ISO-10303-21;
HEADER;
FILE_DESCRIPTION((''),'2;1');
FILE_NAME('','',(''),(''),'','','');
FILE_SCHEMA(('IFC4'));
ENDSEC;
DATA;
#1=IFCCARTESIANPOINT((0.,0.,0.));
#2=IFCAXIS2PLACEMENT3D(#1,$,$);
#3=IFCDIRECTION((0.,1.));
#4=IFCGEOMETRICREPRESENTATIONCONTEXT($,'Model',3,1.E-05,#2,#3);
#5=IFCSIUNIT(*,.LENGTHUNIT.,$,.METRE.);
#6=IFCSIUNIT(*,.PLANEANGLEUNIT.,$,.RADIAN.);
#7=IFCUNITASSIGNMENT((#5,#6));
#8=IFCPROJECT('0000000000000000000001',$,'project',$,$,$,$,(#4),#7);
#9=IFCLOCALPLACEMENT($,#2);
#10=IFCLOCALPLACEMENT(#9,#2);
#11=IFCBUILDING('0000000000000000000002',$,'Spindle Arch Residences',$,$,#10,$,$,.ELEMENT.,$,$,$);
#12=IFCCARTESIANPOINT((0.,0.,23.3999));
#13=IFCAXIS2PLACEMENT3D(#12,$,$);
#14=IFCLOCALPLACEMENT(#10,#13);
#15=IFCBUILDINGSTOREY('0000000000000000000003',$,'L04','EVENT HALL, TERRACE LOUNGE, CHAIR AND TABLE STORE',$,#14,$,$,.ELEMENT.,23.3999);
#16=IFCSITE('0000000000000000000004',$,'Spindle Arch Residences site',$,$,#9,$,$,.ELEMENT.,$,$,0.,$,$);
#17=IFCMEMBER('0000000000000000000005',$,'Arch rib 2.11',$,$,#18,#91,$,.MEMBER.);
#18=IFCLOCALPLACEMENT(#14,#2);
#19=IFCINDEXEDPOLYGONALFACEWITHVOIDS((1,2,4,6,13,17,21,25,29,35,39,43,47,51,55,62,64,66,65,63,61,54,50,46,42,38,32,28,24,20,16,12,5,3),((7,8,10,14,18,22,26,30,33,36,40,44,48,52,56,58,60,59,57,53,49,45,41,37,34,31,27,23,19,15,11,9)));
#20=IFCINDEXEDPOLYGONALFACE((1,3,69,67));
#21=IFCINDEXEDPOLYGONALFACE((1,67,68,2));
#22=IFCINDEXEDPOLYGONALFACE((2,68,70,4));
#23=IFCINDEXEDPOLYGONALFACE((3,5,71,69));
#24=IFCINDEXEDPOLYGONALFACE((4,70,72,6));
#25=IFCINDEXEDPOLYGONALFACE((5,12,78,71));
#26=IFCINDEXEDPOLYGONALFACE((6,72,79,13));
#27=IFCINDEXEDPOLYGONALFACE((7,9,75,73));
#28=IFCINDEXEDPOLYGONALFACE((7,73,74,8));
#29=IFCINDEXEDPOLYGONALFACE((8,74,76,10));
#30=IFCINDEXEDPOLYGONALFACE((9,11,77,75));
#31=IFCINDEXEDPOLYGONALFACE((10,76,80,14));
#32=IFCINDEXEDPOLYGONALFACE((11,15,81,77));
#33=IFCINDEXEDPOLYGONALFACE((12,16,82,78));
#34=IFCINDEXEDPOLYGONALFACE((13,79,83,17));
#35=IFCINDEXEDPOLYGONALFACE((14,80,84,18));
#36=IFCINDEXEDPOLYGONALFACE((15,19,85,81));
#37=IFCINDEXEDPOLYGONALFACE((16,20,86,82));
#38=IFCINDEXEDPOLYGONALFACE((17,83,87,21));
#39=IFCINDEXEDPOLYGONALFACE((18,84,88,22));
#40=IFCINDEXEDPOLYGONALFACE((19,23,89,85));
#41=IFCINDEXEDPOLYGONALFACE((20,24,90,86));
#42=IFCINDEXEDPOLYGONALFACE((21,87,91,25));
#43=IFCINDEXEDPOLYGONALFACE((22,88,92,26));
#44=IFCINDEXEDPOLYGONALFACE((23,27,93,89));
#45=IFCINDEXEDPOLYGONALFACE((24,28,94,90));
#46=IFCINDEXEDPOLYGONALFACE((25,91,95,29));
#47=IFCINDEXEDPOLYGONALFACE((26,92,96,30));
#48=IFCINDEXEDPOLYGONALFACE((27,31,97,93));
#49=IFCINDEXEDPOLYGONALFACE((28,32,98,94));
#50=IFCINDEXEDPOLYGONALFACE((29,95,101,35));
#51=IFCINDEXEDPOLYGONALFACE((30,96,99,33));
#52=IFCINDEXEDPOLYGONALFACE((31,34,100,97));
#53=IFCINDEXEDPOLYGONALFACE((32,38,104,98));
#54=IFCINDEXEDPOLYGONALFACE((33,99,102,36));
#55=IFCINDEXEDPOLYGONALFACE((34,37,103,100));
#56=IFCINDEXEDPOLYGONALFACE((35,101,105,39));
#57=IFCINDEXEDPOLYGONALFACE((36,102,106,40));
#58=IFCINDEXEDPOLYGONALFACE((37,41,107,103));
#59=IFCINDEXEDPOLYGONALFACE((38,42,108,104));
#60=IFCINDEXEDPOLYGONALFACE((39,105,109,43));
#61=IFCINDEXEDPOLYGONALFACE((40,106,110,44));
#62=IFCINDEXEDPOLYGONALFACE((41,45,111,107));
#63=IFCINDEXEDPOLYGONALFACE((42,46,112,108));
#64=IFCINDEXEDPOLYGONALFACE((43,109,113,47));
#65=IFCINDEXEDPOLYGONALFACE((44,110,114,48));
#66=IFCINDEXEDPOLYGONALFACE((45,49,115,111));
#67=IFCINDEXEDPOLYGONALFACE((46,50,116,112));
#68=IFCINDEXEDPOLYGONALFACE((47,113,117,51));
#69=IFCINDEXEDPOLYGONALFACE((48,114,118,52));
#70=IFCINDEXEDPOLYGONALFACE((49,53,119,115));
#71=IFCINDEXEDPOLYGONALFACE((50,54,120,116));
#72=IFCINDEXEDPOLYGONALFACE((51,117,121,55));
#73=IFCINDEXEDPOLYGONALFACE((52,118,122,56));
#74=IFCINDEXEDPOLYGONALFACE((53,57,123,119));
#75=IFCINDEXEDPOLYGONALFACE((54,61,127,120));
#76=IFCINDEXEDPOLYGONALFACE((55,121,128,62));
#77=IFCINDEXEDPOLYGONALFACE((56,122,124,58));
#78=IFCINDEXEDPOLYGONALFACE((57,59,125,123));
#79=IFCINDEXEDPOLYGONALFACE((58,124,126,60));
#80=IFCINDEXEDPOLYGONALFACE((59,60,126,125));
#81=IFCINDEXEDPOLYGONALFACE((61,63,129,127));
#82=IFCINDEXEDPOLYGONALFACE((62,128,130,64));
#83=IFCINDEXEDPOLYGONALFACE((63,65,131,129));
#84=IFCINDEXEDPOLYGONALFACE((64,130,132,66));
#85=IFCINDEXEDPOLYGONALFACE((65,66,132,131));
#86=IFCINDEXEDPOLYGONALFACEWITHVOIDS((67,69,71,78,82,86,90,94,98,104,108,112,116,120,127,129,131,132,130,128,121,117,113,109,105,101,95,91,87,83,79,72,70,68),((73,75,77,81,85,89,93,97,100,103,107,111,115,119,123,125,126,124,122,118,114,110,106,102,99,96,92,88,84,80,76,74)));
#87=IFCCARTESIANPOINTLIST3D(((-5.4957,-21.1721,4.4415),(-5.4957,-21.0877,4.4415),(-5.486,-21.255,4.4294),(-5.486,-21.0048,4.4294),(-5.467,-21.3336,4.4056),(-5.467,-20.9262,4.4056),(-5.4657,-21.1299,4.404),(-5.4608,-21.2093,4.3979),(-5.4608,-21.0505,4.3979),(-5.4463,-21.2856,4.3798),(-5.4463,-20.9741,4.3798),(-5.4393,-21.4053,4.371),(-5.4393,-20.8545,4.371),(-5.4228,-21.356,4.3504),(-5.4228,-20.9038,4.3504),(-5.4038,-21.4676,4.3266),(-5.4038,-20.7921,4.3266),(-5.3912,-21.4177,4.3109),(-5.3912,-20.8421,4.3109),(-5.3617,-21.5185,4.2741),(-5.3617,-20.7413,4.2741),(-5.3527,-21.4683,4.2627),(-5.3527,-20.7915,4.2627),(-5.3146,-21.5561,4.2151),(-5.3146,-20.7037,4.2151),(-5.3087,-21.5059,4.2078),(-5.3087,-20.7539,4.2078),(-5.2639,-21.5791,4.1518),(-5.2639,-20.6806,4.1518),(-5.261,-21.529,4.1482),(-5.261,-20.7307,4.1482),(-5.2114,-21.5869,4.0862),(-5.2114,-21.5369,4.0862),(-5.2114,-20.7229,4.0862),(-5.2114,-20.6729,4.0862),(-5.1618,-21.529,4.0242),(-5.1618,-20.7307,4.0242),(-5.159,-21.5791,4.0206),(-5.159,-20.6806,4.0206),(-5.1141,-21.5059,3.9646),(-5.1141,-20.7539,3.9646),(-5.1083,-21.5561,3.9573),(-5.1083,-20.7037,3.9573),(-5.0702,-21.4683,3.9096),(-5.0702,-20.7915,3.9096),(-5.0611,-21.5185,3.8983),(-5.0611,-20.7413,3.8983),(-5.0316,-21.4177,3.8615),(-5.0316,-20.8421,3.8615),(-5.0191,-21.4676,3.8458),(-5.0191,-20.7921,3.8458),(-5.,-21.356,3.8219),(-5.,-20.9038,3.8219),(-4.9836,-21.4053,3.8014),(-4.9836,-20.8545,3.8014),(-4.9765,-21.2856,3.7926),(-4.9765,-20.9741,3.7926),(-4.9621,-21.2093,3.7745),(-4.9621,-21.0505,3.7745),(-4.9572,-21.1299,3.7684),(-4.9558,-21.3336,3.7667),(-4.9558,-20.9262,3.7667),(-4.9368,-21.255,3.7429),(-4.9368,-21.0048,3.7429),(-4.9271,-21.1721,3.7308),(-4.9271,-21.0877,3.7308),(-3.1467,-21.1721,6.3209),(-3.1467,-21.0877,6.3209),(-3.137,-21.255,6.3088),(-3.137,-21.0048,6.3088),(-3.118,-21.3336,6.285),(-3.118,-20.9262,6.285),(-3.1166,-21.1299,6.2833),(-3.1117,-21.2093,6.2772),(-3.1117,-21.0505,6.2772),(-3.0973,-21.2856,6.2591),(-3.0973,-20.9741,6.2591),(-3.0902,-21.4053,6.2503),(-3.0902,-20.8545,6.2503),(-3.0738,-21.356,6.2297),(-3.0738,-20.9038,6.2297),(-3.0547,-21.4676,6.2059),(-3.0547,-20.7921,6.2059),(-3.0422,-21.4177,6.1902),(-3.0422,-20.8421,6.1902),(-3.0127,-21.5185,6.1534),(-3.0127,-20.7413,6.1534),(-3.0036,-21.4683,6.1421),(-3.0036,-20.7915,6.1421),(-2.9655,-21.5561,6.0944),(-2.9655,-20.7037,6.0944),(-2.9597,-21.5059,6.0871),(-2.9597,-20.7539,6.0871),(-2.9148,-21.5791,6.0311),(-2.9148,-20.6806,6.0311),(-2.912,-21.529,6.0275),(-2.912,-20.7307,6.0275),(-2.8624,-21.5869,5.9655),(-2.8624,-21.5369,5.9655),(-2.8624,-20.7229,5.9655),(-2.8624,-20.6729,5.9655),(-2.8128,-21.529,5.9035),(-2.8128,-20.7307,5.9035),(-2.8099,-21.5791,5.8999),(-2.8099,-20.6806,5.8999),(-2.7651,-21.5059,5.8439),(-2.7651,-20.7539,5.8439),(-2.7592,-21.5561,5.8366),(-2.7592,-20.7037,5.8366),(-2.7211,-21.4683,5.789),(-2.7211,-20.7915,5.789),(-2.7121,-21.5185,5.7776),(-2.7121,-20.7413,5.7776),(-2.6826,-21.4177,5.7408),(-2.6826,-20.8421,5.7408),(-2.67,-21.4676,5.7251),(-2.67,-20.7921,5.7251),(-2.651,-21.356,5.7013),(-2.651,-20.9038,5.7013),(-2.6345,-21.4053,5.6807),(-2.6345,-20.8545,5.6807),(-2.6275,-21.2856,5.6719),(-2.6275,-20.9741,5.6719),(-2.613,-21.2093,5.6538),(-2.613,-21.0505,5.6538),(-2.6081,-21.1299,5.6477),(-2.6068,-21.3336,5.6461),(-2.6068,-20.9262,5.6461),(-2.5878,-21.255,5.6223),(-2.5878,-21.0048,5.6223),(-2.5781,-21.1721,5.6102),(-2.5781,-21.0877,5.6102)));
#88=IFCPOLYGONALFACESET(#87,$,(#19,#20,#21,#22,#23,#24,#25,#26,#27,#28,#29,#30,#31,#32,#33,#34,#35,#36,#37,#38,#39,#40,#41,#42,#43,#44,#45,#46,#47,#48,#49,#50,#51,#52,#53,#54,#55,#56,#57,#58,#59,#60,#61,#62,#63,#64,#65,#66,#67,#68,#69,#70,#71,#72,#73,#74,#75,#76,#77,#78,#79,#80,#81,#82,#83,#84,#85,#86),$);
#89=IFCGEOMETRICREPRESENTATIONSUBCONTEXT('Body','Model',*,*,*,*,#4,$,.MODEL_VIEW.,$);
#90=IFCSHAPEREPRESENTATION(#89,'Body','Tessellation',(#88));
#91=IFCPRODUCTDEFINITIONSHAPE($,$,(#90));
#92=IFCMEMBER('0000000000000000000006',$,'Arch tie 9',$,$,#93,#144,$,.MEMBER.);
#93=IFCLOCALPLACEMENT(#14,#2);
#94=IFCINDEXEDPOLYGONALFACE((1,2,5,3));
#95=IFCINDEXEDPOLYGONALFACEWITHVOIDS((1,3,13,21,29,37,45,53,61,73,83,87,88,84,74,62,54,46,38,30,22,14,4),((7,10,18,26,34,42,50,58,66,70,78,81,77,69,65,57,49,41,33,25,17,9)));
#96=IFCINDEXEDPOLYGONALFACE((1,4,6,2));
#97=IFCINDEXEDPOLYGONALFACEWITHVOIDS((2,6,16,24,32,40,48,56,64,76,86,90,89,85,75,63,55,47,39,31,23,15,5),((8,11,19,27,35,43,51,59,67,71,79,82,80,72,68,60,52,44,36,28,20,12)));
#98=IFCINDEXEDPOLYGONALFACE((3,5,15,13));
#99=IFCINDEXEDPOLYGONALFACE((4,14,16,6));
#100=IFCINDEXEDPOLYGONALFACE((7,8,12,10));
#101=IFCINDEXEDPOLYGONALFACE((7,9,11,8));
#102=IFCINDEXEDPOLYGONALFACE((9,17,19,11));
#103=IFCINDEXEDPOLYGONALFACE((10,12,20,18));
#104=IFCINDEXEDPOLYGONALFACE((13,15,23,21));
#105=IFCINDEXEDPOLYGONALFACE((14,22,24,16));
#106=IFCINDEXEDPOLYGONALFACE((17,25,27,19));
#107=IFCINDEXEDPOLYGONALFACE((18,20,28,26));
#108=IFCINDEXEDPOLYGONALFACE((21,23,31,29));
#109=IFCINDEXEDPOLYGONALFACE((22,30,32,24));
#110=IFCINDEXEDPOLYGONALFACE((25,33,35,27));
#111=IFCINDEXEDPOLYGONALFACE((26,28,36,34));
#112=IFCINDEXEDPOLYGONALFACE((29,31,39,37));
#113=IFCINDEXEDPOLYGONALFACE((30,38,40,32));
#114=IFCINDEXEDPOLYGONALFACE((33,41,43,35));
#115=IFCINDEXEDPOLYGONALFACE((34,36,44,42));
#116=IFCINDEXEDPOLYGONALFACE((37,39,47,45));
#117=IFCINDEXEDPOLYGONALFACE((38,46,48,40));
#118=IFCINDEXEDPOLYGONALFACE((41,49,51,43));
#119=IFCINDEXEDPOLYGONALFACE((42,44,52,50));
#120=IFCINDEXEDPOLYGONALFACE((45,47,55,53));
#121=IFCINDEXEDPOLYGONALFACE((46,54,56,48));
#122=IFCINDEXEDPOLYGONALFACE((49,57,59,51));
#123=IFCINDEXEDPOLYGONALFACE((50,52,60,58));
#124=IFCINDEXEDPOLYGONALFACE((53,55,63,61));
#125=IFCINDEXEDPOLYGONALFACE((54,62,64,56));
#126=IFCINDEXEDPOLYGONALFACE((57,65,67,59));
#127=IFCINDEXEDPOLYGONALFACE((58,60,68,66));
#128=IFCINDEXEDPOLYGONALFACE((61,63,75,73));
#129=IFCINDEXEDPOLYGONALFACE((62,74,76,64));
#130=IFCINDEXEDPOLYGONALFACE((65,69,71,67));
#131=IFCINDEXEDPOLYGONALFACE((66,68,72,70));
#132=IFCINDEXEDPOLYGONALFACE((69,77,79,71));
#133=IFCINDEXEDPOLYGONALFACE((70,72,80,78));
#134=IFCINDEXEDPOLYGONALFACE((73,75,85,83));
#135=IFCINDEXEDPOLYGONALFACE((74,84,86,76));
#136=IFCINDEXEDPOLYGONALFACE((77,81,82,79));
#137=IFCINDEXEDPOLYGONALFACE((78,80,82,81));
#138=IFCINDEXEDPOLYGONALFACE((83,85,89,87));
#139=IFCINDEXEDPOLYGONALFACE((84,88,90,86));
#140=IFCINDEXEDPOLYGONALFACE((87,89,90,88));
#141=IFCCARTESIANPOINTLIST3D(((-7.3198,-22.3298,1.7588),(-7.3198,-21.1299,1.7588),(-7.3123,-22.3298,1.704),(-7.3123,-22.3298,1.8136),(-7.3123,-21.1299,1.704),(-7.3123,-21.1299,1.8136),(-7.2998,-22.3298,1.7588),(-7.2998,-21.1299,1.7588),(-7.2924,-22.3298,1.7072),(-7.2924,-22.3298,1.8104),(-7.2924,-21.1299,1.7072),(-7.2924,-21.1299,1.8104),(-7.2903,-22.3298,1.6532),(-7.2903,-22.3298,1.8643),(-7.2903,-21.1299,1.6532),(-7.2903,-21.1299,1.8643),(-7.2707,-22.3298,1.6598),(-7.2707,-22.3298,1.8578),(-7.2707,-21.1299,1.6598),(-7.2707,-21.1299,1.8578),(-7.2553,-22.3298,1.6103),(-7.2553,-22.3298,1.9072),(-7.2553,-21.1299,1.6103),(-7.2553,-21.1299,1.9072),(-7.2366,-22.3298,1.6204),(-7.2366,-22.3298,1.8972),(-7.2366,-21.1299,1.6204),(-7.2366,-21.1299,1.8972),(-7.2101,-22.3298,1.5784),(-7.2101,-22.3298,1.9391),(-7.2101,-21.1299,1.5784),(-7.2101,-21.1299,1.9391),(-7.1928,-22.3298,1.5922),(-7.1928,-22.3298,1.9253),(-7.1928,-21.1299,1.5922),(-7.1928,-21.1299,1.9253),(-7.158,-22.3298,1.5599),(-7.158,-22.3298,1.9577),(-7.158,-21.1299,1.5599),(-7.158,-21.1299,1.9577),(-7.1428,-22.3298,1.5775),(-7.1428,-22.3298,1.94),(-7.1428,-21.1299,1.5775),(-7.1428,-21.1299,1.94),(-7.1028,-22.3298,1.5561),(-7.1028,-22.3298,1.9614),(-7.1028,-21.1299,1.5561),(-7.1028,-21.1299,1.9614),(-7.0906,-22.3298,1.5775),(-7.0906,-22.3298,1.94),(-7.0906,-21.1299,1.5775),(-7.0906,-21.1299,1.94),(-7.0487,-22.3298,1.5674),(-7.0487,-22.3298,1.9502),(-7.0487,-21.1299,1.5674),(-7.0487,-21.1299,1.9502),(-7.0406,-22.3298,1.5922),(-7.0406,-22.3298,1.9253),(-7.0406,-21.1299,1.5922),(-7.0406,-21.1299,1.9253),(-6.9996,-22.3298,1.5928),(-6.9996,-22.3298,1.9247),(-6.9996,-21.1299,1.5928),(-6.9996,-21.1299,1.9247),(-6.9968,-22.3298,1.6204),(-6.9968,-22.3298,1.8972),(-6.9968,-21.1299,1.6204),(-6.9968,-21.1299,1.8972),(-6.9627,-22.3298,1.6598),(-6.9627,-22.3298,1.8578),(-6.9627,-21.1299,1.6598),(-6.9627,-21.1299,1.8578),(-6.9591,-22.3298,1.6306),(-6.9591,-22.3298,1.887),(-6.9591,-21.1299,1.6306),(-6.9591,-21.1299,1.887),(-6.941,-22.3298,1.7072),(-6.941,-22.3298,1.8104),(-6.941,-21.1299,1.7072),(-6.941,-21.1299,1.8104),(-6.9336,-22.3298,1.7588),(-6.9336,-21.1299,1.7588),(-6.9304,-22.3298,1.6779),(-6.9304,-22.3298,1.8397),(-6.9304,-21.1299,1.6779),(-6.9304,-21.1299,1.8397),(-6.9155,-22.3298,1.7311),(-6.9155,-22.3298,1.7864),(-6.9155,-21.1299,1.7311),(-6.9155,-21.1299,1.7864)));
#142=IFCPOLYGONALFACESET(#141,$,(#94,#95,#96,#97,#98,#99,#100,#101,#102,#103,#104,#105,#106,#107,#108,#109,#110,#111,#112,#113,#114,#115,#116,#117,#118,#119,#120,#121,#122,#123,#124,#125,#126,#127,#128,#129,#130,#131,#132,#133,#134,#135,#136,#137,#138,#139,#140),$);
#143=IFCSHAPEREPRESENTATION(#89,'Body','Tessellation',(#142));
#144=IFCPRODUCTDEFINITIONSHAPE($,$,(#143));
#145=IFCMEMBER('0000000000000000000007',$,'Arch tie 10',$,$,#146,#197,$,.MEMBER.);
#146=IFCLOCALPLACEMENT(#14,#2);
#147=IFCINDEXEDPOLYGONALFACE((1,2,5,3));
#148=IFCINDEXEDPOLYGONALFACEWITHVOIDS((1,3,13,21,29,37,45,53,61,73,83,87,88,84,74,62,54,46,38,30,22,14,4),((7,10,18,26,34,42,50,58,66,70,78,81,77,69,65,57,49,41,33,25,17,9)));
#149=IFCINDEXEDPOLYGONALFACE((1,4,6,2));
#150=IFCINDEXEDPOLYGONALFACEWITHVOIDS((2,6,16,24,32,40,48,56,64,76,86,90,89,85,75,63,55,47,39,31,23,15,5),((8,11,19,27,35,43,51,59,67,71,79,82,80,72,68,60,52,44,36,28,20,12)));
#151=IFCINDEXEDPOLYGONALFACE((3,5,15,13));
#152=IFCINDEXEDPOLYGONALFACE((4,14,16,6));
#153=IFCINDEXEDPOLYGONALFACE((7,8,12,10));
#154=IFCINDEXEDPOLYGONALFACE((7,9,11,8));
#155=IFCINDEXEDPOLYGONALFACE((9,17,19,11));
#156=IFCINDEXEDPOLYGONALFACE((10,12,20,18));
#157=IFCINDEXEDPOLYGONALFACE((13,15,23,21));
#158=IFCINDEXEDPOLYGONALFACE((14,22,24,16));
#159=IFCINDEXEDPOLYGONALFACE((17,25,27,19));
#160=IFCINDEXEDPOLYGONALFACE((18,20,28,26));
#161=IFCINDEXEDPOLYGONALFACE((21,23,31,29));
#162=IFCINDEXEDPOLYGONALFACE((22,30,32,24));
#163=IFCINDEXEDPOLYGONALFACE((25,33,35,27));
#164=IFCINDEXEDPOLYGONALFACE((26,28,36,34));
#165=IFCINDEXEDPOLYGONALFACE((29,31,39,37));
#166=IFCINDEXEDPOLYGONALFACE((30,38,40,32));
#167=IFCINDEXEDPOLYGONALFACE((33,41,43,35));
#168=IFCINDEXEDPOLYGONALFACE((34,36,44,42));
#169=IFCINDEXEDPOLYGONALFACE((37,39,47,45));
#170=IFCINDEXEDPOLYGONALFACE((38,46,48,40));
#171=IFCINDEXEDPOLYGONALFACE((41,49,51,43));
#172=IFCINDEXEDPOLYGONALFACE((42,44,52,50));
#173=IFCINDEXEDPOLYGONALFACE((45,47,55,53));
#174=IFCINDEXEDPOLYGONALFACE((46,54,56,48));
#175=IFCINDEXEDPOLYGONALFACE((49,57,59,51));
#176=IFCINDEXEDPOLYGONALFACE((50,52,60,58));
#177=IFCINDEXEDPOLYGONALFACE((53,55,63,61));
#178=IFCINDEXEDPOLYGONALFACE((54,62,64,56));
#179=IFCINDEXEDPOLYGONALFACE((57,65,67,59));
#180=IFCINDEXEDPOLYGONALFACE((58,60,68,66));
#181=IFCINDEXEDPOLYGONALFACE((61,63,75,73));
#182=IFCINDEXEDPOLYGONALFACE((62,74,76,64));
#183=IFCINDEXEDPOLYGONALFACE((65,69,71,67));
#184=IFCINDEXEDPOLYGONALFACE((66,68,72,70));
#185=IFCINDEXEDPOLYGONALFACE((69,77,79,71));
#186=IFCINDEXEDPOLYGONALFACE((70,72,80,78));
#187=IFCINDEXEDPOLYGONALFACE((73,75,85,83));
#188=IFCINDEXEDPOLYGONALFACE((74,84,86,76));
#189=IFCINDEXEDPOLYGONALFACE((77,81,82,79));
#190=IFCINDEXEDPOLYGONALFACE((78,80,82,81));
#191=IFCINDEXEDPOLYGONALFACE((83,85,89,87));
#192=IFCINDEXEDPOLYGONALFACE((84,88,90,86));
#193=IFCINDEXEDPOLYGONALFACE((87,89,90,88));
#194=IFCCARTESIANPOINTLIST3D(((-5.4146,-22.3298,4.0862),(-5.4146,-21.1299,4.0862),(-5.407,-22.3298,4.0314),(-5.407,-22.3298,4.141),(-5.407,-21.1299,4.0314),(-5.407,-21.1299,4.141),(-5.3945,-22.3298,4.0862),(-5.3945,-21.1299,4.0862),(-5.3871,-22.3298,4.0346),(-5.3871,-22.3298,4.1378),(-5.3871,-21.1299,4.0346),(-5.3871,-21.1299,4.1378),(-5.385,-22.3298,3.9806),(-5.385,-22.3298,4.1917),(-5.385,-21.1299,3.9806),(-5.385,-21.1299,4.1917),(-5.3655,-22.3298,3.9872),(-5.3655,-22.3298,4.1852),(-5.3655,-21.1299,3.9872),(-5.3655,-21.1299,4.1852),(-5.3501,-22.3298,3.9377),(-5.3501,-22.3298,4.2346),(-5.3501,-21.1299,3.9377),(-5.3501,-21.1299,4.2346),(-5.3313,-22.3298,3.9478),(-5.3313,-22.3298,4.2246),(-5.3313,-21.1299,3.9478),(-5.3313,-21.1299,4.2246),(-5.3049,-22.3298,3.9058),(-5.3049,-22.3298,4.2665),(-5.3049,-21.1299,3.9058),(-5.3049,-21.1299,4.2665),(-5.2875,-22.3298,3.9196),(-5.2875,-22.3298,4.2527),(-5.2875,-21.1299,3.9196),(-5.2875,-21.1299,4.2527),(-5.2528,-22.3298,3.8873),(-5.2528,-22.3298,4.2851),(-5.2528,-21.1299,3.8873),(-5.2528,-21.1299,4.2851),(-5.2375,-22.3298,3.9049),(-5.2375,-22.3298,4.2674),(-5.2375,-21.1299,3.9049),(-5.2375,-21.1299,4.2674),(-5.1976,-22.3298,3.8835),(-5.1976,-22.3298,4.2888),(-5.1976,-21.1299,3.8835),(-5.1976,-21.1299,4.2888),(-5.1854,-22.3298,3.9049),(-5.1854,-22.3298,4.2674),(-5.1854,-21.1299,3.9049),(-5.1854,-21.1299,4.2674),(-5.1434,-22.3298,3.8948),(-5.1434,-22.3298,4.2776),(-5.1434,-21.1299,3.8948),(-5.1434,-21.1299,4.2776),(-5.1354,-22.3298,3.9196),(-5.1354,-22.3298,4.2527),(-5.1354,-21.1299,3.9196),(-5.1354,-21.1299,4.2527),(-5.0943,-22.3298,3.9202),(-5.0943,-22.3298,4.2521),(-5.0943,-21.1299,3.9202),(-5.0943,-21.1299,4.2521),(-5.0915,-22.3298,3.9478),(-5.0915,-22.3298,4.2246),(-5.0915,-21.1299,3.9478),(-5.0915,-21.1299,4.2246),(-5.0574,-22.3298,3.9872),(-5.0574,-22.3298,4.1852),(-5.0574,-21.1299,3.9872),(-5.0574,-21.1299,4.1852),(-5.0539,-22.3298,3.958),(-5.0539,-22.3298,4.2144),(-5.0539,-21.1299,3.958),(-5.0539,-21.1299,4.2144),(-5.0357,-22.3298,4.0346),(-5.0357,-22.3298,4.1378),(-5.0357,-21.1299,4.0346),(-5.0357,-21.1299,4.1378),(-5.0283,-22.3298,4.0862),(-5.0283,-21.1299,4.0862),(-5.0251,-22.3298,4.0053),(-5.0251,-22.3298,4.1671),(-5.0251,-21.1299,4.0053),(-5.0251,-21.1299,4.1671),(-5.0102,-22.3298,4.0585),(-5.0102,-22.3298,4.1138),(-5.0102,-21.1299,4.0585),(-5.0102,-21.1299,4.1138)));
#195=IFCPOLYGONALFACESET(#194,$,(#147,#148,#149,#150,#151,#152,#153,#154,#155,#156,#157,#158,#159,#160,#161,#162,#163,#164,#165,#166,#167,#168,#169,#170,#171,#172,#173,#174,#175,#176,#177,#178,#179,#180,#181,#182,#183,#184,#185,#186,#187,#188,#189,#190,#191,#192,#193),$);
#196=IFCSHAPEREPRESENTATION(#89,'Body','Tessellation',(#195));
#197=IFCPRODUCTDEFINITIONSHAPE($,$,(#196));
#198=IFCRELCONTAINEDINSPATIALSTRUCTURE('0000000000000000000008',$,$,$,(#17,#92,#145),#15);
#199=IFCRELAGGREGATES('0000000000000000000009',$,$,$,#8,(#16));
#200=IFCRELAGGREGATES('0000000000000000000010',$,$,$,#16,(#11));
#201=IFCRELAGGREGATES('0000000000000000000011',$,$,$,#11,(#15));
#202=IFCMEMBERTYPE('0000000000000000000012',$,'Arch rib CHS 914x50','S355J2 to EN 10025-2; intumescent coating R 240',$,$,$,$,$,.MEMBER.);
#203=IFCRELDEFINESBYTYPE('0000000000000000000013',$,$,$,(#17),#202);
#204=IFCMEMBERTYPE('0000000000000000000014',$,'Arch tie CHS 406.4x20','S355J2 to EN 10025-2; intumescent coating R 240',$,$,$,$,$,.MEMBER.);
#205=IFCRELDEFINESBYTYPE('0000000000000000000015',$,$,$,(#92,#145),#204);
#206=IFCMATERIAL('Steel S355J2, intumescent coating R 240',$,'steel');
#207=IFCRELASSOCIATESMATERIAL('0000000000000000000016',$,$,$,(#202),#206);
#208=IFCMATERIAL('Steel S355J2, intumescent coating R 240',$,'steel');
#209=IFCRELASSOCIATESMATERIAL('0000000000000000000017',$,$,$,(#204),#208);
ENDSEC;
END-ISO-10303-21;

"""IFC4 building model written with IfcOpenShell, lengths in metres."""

from ifc_helpers import new_model, si_unit, direction, frame, origin, origin_2d, place, context, subcontext, project, spatial, hollow_circle, extrude, material, material_profile, profile_set, type_object, element, save


model = new_model("IFC4")

# Units and contexts
model_context = context("Model", 3, precision=1e-05, world=origin(), true_north=direction((0.0, 1.0)))
body_context = subcontext(model_context, "Body", "Model", "MODEL_VIEW")
ifc_project = project(units=[si_unit("LENGTHUNIT", "METRE"), si_unit("PLANEANGLEUNIT", "RADIAN")], contexts=[model_context])

# Site, building, storey
site_placement = place(None, origin())
site = spatial("IfcSite", under=ifc_project, at=site_placement, Name="Spindle Arch Residences site", CompositionType="ELEMENT", RefElevation=0.0)
building_placement = place(site_placement, origin())
building = spatial("IfcBuilding", under=site, at=building_placement, Name="Spindle Arch Residences", CompositionType="ELEMENT")
storey_placement = place(building_placement, frame((0.0, 0.0, 23.3999)))
storey = spatial("IfcBuildingStorey", under=building, at=storey_placement, Name="L04", Description="EVENT HALL, TERRACE LOUNGE, CHAIR AND TABLE STORE", CompositionType="ELEMENT", Elevation=23.3999)

# Members
ifc_material_1 = material(Name="Steel S355J2, intumescent coating R 240", Category="steel")
ifc_material_profile_1 = material_profile(ifc_material_1, hollow_circle(Radius=0.457, WallThickness=0.05, at=origin_2d()), Name="CHS 914x50")
ifc_profile_set_1 = profile_set([ifc_material_profile_1], Name="Steel S355J2, intumescent coating R 240")
member_type_1 = type_object("IfcMemberType", Name="Arch rib CHS 914x50", Description="S355J2 to EN 10025-2; intumescent coating R 240", PredefinedType="MEMBER", material=ifc_profile_set_1)
member_1_placement = place(storey_placement, frame((-5.2114, -21.1299, 4.0862), z_axis=(0.780853, 0.0, 0.624715), x_axis=(0.0, 1.0, 0.0)))
element("IfcMember", 1, at=member_1_placement, inside=storey, type_object=member_type_1, Name="Arch rib 2.11", PredefinedType="MEMBER", context=body_context, shape_type="SweptSolid", body=[
    extrude(hollow_circle(Radius=0.457, WallThickness=0.05, at=origin_2d()), origin(), (0.0, 0.0, 1.0), 3.0083),
])
ifc_material_2 = material(Name="Steel S355J2, intumescent coating R 240", Category="steel")
ifc_material_profile_2 = material_profile(ifc_material_2, hollow_circle(Radius=0.2031, WallThickness=0.02, at=origin_2d()), Name="CHS 406.4x20")
ifc_profile_set_2 = profile_set([ifc_material_profile_2], Name="Steel S355J2, intumescent coating R 240")
member_type_2 = type_object("IfcMemberType", Name="Arch tie CHS 406.4x20", Description="S355J2 to EN 10025-2; intumescent coating R 240", PredefinedType="MEMBER", material=ifc_profile_set_2)
for number, where, z_axis, x_axis, name in (
    (2, (-7.1167, -22.3298, 1.7588), (0.0, 1.0, 0.0), (-1.0, 0.0, 0.0), "Arch tie 9"),
    (3, (-5.2114, -22.3298, 4.0862), (0.0, 1.0, 0.0), (-1.0, 0.0, 0.0), "Arch tie 10"),
):
    element("IfcMember", number, at=place(storey_placement, frame(where, z_axis=z_axis, x_axis=x_axis)), inside=storey, type_object=member_type_2, Name=name, PredefinedType="MEMBER", context=body_context, shape_type="SweptSolid", body=[
        extrude(hollow_circle(Radius=0.2031, WallThickness=0.02, at=origin_2d()), origin(), (0.0, 0.0, 1.0), 1.2),
    ])

save(model, "model.ifc")
